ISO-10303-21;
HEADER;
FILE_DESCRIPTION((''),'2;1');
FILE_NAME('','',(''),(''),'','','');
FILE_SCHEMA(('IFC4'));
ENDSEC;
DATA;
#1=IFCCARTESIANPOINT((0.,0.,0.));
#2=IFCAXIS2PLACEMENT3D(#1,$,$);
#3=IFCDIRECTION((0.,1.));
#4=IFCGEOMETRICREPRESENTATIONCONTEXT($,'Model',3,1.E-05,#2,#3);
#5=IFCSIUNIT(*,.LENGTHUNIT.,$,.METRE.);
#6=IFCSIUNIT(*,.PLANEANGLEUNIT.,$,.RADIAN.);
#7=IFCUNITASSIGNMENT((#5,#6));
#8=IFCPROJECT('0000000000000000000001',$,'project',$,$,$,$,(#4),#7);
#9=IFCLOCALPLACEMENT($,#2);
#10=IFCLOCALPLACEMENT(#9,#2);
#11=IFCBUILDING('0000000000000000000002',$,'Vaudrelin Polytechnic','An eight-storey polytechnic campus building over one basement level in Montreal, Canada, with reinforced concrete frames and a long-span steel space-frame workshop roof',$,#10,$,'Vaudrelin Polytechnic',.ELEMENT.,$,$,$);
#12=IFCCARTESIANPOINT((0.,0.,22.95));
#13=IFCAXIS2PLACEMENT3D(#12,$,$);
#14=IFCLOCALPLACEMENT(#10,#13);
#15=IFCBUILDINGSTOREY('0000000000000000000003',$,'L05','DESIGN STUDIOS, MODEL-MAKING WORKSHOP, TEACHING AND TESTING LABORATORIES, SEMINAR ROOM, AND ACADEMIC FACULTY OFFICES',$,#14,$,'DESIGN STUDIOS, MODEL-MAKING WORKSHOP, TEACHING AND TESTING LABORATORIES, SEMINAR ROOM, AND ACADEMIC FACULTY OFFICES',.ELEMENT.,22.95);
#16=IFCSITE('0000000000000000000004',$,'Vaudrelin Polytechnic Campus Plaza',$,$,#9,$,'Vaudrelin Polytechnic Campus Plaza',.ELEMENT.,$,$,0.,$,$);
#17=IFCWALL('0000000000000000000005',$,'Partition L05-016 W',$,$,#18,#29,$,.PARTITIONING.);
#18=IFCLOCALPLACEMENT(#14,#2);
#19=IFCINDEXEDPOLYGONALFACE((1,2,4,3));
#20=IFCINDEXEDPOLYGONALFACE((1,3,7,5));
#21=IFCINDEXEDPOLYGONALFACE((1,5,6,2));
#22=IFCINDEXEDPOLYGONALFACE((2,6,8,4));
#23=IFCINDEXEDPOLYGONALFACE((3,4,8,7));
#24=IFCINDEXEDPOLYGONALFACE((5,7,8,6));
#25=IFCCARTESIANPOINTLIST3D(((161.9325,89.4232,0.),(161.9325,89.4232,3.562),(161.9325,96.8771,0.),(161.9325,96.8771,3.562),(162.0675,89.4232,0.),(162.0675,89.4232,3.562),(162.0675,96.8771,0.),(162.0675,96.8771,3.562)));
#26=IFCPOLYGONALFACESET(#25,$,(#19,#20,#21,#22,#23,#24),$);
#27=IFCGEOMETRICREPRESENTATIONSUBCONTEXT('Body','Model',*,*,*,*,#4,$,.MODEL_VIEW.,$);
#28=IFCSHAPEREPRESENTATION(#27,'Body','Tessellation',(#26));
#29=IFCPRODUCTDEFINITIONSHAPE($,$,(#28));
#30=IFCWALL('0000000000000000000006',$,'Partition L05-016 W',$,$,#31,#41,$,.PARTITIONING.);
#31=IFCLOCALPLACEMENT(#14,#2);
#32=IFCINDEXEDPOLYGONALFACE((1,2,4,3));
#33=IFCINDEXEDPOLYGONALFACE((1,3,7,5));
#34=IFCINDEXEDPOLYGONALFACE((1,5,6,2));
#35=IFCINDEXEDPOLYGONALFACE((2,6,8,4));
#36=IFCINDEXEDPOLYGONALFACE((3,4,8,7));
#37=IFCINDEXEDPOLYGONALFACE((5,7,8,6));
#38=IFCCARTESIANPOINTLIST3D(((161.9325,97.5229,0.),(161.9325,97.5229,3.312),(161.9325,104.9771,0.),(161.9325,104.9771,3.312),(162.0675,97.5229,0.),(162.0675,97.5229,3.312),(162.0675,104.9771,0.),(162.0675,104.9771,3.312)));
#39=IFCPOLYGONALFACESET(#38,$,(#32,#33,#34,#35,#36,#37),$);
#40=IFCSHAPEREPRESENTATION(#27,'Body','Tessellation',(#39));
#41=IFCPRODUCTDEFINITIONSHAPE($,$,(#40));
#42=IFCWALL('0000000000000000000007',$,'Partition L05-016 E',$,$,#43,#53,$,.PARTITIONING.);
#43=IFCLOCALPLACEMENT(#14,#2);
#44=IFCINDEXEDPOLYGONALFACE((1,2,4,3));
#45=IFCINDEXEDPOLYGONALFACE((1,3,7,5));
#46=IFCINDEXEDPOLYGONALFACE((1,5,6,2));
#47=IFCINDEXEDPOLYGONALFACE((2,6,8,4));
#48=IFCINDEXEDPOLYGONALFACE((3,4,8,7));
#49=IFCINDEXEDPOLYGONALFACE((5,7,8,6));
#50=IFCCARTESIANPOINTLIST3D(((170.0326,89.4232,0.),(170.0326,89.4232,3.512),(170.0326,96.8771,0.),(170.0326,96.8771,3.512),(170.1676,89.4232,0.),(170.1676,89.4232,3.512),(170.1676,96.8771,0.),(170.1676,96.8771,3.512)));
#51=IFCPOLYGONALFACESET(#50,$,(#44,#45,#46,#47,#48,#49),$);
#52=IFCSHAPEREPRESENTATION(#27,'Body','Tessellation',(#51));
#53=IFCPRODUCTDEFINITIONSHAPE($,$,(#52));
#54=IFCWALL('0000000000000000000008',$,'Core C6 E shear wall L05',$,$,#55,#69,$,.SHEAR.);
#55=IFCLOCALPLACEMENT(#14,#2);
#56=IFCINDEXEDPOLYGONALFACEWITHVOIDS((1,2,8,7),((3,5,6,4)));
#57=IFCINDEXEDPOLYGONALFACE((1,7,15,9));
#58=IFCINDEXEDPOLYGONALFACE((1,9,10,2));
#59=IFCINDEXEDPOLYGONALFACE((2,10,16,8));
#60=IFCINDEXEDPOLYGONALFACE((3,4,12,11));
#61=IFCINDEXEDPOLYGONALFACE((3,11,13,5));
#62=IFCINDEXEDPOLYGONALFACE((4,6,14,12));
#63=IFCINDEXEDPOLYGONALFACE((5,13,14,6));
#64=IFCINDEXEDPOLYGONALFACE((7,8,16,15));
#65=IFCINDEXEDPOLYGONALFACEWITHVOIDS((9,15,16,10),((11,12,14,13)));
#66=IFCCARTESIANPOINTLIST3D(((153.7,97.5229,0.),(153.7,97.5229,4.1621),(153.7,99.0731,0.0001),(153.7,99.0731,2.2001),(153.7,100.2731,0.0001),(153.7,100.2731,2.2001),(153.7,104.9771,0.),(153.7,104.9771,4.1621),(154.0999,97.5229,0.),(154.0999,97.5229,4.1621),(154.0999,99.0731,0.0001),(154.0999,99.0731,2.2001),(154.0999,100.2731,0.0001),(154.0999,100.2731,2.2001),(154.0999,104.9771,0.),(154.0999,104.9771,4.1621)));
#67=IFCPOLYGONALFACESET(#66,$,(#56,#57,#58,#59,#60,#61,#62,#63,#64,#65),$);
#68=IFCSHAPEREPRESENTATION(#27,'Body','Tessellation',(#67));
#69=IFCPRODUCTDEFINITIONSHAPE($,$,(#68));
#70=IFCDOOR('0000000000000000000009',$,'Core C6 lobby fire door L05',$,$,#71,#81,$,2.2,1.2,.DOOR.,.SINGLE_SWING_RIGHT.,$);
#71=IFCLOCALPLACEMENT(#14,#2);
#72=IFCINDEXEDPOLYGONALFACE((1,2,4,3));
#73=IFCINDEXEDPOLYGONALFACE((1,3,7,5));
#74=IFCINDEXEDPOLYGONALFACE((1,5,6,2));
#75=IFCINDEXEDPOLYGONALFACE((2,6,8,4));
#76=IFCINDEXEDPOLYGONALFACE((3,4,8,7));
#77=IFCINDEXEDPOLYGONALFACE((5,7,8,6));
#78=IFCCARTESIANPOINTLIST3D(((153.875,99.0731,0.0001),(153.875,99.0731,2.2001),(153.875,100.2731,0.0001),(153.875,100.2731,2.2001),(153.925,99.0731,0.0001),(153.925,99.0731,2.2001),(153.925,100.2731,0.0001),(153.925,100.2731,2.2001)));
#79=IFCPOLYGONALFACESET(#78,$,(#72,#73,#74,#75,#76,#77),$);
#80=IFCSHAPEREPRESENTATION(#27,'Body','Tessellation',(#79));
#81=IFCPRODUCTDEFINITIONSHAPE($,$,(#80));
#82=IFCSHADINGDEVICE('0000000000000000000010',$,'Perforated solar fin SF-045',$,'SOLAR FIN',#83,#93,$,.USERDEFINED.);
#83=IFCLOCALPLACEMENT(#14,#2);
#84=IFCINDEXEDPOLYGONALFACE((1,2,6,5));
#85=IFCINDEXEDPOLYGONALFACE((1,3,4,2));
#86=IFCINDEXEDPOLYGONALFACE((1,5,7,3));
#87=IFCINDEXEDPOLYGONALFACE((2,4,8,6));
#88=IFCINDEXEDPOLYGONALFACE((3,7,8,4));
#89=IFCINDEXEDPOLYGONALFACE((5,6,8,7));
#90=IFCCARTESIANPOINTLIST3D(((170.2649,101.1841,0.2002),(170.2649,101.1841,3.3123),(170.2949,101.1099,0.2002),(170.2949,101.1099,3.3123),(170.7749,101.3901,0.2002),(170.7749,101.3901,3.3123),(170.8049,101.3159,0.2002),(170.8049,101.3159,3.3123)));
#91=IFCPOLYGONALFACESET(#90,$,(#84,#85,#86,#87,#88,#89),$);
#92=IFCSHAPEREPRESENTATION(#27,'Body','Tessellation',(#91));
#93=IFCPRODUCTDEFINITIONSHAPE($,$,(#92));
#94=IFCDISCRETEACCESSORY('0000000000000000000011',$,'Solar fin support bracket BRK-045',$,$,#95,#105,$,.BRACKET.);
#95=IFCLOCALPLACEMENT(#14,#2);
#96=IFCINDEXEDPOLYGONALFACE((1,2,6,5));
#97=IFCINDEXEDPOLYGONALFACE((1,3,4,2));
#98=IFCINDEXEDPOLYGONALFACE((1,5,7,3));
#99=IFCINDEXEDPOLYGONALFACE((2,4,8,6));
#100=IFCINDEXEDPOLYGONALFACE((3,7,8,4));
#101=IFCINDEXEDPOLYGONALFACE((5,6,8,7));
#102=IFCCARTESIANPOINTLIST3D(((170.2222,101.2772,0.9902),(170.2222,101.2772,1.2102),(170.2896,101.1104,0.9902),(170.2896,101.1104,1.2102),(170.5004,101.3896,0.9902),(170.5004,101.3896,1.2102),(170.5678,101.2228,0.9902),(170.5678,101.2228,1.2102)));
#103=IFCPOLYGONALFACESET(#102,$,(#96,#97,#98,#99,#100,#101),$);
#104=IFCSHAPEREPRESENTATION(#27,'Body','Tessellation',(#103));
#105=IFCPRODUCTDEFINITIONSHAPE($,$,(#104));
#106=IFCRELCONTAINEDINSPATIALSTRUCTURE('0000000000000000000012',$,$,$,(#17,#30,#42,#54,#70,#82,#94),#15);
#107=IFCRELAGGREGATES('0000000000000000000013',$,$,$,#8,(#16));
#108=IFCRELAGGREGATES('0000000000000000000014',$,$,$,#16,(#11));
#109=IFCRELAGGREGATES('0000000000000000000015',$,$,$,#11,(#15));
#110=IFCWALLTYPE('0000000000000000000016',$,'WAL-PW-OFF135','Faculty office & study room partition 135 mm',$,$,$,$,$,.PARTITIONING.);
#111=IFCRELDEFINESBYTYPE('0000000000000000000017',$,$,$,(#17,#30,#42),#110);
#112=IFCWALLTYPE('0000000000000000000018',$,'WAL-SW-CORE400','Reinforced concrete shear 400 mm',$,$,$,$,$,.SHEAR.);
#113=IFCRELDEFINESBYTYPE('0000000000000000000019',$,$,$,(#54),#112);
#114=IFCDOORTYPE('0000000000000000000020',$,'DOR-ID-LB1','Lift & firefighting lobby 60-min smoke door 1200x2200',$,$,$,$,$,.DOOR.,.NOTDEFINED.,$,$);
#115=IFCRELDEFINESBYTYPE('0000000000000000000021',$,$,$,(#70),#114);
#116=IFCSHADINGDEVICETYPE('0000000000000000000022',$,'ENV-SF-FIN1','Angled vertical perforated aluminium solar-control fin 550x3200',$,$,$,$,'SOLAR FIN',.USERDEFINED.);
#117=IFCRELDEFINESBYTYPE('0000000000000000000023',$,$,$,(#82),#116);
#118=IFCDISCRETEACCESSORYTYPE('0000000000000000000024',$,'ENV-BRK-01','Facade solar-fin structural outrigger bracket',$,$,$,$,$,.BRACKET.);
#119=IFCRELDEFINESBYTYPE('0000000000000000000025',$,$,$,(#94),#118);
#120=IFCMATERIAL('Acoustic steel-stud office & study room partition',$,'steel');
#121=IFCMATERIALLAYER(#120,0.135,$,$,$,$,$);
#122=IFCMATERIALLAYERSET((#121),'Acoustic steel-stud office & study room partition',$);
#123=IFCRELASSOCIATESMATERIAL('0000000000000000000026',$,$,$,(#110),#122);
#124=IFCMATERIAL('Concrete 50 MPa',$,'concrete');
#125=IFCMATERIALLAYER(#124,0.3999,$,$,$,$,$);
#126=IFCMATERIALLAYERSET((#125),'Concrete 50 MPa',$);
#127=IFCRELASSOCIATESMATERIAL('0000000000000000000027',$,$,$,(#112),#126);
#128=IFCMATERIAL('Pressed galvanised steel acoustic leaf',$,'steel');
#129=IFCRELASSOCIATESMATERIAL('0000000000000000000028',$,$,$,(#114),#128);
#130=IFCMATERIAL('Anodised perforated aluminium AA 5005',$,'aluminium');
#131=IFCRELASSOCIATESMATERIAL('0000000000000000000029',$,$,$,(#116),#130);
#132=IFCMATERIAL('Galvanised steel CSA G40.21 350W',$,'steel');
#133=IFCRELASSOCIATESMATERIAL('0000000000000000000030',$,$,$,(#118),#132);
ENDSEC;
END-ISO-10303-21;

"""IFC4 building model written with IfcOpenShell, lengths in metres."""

from ifc_helpers import new_model, si_unit, direction, frame, frame_2d, origin, origin_2d, place, context, subcontext, project, spatial, rectangle, extrude, material, layer, layer_set, type_object, element, fill, save


model = new_model("IFC4")

# Units and contexts
model_context = context("Model", 3, precision=1e-05, world=origin(), true_north=direction((0.0, 1.0)))
body_context = subcontext(model_context, "Body", "Model", "MODEL_VIEW")
ifc_project = project(units=[si_unit("LENGTHUNIT", "METRE"), si_unit("PLANEANGLEUNIT", "RADIAN")], contexts=[model_context])

# Site, building, storey
site_placement = place(None, origin())
site = spatial("IfcSite", under=ifc_project, at=site_placement, Name="Vaudrelin Polytechnic Campus Plaza", LongName="Vaudrelin Polytechnic Campus Plaza", CompositionType="ELEMENT", RefElevation=0.0)
building_placement = place(site_placement, origin())
building = spatial("IfcBuilding", under=site, at=building_placement, Name="Vaudrelin Polytechnic", Description="An eight-storey polytechnic campus building over one basement level in Montreal, Canada, with reinforced concrete frames and a long-span steel space-frame workshop roof", LongName="Vaudrelin Polytechnic", CompositionType="ELEMENT")
storey_placement = place(building_placement, frame((0.0, 0.0, 22.95)))
storey = spatial("IfcBuildingStorey", under=building, at=storey_placement, Name="L05", Description="DESIGN STUDIOS, MODEL-MAKING WORKSHOP, TEACHING AND TESTING LABORATORIES, SEMINAR ROOM, AND ACADEMIC FACULTY OFFICES", LongName="DESIGN STUDIOS, MODEL-MAKING WORKSHOP, TEACHING AND TESTING LABORATORIES, SEMINAR ROOM, AND ACADEMIC FACULTY OFFICES", CompositionType="ELEMENT", Elevation=22.95)

# Shared definitions
ifc_material_1 = material(Name="Concrete 50 MPa", Category="concrete")

# Walls
ifc_material_2 = material(Name="Acoustic steel-stud office & study room partition", Category="steel")
ifc_layer_1 = layer(ifc_material_2, 0.135)
ifc_layer_set_1 = layer_set([ifc_layer_1], Name="Acoustic steel-stud office & study room partition")
wall_type_1 = type_object("IfcWallType", Name="WAL-PW-OFF135", Description="Faculty office & study room partition 135 mm", PredefinedType="PARTITIONING", material=ifc_layer_set_1)
wall_1_placement = place(storey_placement, frame((162.0, 89.4231, 0.0), z_axis=(0.0, 0.0, 1.0), x_axis=(0.0, 1.0, 0.0)))
element("IfcWall", 1, at=wall_1_placement, inside=storey, type_object=wall_type_1, Name="Partition L05-016 W", PredefinedType="PARTITIONING", context=body_context, shape_type="SweptSolid", body=[
    extrude(rectangle(XDim=7.4539, YDim=0.135, at=frame_2d((3.7271, 0.0))), origin(), (0.0, 0.0, 1.0), 3.562),
])
wall_2_placement = place(storey_placement, frame((162.0, 97.5229, 0.0), z_axis=(0.0, 0.0, 1.0), x_axis=(0.0, 1.0, 0.0)))
element("IfcWall", 2, at=wall_2_placement, inside=storey, type_object=wall_type_1, Name="Partition L05-016 W", PredefinedType="PARTITIONING", context=body_context, shape_type="SweptSolid", body=[
    extrude(rectangle(XDim=7.4541, YDim=0.135, at=frame_2d((3.7271, 0.0))), origin(), (0.0, 0.0, 1.0), 3.312),
])
wall_3_placement = place(storey_placement, frame((170.1001, 89.4231, 0.0), z_axis=(0.0, 0.0, 1.0), x_axis=(0.0, 1.0, 0.0)))
element("IfcWall", 3, at=wall_3_placement, inside=storey, type_object=wall_type_1, Name="Partition L05-016 E", PredefinedType="PARTITIONING", context=body_context, shape_type="SweptSolid", body=[
    extrude(rectangle(XDim=7.4539, YDim=0.135, at=frame_2d((3.7271, 0.0))), origin(), (0.0, 0.0, 1.0), 3.512),
])

# Wall, opening, door
ifc_layer_2 = layer(ifc_material_1, 0.3999)
ifc_layer_set_2 = layer_set([ifc_layer_2], Name="Concrete 50 MPa")
wall_type_2 = type_object("IfcWallType", Name="WAL-SW-CORE400", Description="Reinforced concrete shear 400 mm", PredefinedType="SHEAR", material=ifc_layer_set_2)
wall_4_placement = place(storey_placement, frame((153.8999, 97.5229, 0.0), z_axis=(0.0, 0.0, 1.0), x_axis=(0.0, 1.0, 0.0)))
wall_4 = element("IfcWall", 4, at=wall_4_placement, inside=storey, type_object=wall_type_2, Name="Core C6 E shear wall L05", PredefinedType="SHEAR", context=body_context, shape_type="SweptSolid", body=[
    extrude(rectangle(XDim=7.4541, YDim=0.3999, at=frame_2d((3.7271, 0.0))), origin(), (0.0, 0.0, 1.0), 4.1621),
])
opening_1_placement = place(wall_4_placement, frame((1.55, 0.0, 0.0)))
opening_1 = element("IfcOpeningElement", 5, at=opening_1_placement, cuts=wall_4, PredefinedType="OPENING", context=body_context, shape_type="SweptSolid", body=[
    extrude(rectangle(XDim=1.2, YDim=2.2, at=frame_2d((0.6001, 1.1001))), frame((0.0, 0.21, 0.0), z_axis=(0.0, -1.0, 0.0), x_axis=(1.0, 0.0, 0.0)), (0.0, 0.0, 1.0), 0.4199),
])
ifc_material_3 = material(Name="Pressed galvanised steel acoustic leaf", Category="steel")
door_type = type_object("IfcDoorType", Name="DOR-ID-LB1", Description="Lift & firefighting lobby 60-min smoke door 1200x2200", OperationType="NOTDEFINED", PredefinedType="DOOR", material=ifc_material_3)
door_placement = place(opening_1_placement, origin())
door = element("IfcDoor", 6, at=door_placement, inside=storey, type_object=door_type, Name="Core C6 lobby fire door L05", OperationType="SINGLE_SWING_RIGHT", OverallHeight=2.2, OverallWidth=1.2, PredefinedType="DOOR", context=body_context, shape_type="SweptSolid", body=[
    extrude(rectangle(XDim=1.2, YDim=2.2, at=frame_2d((0.6001, 1.1001))), frame((0.0, 0.0249, 0.0), z_axis=(0.0, -1.0, 0.0), x_axis=(1.0, 0.0, 0.0)), (0.0, 0.0, 1.0), 0.05),
])
fill(opening_1, door)

# Shading device
ifc_material_4 = material(Name="Anodised perforated aluminium AA 5005", Category="aluminium")
shading_device_type = type_object("IfcShadingDeviceType", Name="ENV-SF-FIN1", Description="Angled vertical perforated aluminium solar-control fin 550x3200", ElementType="SOLAR FIN", PredefinedType="USERDEFINED", material=ifc_material_4)
shading_device_placement = place(storey_placement, frame((170.5349, 101.25, 0.2002), z_axis=(0.0, 0.0, 1.0), x_axis=(0.927184, 0.374607, 0.0)))
element("IfcShadingDevice", 7, at=shading_device_placement, inside=storey, type_object=shading_device_type, Name="Perforated solar fin SF-045", ObjectType="SOLAR FIN", PredefinedType="USERDEFINED", context=body_context, shape_type="SweptSolid", body=[
    extrude(rectangle(XDim=0.55, YDim=0.0801, at=origin_2d()), origin(), (0.0, 0.0, 1.0), 3.1121),
])

# Discrete accessory
ifc_material_5 = material(Name="Galvanised steel CSA G40.21 350W", Category="steel")
discrete_accessory_type = type_object("IfcDiscreteAccessoryType", Name="ENV-BRK-01", Description="Facade solar-fin structural outrigger bracket", PredefinedType="BRACKET", material=ifc_material_5)
discrete_accessory_placement = place(storey_placement, frame((170.395, 101.25, 0.9902), z_axis=(0.0, 0.0, 1.0), x_axis=(0.927184, 0.374607, 0.0)))
element("IfcDiscreteAccessory", 8, at=discrete_accessory_placement, inside=storey, type_object=discrete_accessory_type, Name="Solar fin support bracket BRK-045", PredefinedType="BRACKET", context=body_context, shape_type="SweptSolid", body=[
    extrude(rectangle(XDim=0.3, YDim=0.1799, at=origin_2d()), origin(), (0.0, 0.0, 1.0), 0.22),
])

save(model, "model.ifc")
